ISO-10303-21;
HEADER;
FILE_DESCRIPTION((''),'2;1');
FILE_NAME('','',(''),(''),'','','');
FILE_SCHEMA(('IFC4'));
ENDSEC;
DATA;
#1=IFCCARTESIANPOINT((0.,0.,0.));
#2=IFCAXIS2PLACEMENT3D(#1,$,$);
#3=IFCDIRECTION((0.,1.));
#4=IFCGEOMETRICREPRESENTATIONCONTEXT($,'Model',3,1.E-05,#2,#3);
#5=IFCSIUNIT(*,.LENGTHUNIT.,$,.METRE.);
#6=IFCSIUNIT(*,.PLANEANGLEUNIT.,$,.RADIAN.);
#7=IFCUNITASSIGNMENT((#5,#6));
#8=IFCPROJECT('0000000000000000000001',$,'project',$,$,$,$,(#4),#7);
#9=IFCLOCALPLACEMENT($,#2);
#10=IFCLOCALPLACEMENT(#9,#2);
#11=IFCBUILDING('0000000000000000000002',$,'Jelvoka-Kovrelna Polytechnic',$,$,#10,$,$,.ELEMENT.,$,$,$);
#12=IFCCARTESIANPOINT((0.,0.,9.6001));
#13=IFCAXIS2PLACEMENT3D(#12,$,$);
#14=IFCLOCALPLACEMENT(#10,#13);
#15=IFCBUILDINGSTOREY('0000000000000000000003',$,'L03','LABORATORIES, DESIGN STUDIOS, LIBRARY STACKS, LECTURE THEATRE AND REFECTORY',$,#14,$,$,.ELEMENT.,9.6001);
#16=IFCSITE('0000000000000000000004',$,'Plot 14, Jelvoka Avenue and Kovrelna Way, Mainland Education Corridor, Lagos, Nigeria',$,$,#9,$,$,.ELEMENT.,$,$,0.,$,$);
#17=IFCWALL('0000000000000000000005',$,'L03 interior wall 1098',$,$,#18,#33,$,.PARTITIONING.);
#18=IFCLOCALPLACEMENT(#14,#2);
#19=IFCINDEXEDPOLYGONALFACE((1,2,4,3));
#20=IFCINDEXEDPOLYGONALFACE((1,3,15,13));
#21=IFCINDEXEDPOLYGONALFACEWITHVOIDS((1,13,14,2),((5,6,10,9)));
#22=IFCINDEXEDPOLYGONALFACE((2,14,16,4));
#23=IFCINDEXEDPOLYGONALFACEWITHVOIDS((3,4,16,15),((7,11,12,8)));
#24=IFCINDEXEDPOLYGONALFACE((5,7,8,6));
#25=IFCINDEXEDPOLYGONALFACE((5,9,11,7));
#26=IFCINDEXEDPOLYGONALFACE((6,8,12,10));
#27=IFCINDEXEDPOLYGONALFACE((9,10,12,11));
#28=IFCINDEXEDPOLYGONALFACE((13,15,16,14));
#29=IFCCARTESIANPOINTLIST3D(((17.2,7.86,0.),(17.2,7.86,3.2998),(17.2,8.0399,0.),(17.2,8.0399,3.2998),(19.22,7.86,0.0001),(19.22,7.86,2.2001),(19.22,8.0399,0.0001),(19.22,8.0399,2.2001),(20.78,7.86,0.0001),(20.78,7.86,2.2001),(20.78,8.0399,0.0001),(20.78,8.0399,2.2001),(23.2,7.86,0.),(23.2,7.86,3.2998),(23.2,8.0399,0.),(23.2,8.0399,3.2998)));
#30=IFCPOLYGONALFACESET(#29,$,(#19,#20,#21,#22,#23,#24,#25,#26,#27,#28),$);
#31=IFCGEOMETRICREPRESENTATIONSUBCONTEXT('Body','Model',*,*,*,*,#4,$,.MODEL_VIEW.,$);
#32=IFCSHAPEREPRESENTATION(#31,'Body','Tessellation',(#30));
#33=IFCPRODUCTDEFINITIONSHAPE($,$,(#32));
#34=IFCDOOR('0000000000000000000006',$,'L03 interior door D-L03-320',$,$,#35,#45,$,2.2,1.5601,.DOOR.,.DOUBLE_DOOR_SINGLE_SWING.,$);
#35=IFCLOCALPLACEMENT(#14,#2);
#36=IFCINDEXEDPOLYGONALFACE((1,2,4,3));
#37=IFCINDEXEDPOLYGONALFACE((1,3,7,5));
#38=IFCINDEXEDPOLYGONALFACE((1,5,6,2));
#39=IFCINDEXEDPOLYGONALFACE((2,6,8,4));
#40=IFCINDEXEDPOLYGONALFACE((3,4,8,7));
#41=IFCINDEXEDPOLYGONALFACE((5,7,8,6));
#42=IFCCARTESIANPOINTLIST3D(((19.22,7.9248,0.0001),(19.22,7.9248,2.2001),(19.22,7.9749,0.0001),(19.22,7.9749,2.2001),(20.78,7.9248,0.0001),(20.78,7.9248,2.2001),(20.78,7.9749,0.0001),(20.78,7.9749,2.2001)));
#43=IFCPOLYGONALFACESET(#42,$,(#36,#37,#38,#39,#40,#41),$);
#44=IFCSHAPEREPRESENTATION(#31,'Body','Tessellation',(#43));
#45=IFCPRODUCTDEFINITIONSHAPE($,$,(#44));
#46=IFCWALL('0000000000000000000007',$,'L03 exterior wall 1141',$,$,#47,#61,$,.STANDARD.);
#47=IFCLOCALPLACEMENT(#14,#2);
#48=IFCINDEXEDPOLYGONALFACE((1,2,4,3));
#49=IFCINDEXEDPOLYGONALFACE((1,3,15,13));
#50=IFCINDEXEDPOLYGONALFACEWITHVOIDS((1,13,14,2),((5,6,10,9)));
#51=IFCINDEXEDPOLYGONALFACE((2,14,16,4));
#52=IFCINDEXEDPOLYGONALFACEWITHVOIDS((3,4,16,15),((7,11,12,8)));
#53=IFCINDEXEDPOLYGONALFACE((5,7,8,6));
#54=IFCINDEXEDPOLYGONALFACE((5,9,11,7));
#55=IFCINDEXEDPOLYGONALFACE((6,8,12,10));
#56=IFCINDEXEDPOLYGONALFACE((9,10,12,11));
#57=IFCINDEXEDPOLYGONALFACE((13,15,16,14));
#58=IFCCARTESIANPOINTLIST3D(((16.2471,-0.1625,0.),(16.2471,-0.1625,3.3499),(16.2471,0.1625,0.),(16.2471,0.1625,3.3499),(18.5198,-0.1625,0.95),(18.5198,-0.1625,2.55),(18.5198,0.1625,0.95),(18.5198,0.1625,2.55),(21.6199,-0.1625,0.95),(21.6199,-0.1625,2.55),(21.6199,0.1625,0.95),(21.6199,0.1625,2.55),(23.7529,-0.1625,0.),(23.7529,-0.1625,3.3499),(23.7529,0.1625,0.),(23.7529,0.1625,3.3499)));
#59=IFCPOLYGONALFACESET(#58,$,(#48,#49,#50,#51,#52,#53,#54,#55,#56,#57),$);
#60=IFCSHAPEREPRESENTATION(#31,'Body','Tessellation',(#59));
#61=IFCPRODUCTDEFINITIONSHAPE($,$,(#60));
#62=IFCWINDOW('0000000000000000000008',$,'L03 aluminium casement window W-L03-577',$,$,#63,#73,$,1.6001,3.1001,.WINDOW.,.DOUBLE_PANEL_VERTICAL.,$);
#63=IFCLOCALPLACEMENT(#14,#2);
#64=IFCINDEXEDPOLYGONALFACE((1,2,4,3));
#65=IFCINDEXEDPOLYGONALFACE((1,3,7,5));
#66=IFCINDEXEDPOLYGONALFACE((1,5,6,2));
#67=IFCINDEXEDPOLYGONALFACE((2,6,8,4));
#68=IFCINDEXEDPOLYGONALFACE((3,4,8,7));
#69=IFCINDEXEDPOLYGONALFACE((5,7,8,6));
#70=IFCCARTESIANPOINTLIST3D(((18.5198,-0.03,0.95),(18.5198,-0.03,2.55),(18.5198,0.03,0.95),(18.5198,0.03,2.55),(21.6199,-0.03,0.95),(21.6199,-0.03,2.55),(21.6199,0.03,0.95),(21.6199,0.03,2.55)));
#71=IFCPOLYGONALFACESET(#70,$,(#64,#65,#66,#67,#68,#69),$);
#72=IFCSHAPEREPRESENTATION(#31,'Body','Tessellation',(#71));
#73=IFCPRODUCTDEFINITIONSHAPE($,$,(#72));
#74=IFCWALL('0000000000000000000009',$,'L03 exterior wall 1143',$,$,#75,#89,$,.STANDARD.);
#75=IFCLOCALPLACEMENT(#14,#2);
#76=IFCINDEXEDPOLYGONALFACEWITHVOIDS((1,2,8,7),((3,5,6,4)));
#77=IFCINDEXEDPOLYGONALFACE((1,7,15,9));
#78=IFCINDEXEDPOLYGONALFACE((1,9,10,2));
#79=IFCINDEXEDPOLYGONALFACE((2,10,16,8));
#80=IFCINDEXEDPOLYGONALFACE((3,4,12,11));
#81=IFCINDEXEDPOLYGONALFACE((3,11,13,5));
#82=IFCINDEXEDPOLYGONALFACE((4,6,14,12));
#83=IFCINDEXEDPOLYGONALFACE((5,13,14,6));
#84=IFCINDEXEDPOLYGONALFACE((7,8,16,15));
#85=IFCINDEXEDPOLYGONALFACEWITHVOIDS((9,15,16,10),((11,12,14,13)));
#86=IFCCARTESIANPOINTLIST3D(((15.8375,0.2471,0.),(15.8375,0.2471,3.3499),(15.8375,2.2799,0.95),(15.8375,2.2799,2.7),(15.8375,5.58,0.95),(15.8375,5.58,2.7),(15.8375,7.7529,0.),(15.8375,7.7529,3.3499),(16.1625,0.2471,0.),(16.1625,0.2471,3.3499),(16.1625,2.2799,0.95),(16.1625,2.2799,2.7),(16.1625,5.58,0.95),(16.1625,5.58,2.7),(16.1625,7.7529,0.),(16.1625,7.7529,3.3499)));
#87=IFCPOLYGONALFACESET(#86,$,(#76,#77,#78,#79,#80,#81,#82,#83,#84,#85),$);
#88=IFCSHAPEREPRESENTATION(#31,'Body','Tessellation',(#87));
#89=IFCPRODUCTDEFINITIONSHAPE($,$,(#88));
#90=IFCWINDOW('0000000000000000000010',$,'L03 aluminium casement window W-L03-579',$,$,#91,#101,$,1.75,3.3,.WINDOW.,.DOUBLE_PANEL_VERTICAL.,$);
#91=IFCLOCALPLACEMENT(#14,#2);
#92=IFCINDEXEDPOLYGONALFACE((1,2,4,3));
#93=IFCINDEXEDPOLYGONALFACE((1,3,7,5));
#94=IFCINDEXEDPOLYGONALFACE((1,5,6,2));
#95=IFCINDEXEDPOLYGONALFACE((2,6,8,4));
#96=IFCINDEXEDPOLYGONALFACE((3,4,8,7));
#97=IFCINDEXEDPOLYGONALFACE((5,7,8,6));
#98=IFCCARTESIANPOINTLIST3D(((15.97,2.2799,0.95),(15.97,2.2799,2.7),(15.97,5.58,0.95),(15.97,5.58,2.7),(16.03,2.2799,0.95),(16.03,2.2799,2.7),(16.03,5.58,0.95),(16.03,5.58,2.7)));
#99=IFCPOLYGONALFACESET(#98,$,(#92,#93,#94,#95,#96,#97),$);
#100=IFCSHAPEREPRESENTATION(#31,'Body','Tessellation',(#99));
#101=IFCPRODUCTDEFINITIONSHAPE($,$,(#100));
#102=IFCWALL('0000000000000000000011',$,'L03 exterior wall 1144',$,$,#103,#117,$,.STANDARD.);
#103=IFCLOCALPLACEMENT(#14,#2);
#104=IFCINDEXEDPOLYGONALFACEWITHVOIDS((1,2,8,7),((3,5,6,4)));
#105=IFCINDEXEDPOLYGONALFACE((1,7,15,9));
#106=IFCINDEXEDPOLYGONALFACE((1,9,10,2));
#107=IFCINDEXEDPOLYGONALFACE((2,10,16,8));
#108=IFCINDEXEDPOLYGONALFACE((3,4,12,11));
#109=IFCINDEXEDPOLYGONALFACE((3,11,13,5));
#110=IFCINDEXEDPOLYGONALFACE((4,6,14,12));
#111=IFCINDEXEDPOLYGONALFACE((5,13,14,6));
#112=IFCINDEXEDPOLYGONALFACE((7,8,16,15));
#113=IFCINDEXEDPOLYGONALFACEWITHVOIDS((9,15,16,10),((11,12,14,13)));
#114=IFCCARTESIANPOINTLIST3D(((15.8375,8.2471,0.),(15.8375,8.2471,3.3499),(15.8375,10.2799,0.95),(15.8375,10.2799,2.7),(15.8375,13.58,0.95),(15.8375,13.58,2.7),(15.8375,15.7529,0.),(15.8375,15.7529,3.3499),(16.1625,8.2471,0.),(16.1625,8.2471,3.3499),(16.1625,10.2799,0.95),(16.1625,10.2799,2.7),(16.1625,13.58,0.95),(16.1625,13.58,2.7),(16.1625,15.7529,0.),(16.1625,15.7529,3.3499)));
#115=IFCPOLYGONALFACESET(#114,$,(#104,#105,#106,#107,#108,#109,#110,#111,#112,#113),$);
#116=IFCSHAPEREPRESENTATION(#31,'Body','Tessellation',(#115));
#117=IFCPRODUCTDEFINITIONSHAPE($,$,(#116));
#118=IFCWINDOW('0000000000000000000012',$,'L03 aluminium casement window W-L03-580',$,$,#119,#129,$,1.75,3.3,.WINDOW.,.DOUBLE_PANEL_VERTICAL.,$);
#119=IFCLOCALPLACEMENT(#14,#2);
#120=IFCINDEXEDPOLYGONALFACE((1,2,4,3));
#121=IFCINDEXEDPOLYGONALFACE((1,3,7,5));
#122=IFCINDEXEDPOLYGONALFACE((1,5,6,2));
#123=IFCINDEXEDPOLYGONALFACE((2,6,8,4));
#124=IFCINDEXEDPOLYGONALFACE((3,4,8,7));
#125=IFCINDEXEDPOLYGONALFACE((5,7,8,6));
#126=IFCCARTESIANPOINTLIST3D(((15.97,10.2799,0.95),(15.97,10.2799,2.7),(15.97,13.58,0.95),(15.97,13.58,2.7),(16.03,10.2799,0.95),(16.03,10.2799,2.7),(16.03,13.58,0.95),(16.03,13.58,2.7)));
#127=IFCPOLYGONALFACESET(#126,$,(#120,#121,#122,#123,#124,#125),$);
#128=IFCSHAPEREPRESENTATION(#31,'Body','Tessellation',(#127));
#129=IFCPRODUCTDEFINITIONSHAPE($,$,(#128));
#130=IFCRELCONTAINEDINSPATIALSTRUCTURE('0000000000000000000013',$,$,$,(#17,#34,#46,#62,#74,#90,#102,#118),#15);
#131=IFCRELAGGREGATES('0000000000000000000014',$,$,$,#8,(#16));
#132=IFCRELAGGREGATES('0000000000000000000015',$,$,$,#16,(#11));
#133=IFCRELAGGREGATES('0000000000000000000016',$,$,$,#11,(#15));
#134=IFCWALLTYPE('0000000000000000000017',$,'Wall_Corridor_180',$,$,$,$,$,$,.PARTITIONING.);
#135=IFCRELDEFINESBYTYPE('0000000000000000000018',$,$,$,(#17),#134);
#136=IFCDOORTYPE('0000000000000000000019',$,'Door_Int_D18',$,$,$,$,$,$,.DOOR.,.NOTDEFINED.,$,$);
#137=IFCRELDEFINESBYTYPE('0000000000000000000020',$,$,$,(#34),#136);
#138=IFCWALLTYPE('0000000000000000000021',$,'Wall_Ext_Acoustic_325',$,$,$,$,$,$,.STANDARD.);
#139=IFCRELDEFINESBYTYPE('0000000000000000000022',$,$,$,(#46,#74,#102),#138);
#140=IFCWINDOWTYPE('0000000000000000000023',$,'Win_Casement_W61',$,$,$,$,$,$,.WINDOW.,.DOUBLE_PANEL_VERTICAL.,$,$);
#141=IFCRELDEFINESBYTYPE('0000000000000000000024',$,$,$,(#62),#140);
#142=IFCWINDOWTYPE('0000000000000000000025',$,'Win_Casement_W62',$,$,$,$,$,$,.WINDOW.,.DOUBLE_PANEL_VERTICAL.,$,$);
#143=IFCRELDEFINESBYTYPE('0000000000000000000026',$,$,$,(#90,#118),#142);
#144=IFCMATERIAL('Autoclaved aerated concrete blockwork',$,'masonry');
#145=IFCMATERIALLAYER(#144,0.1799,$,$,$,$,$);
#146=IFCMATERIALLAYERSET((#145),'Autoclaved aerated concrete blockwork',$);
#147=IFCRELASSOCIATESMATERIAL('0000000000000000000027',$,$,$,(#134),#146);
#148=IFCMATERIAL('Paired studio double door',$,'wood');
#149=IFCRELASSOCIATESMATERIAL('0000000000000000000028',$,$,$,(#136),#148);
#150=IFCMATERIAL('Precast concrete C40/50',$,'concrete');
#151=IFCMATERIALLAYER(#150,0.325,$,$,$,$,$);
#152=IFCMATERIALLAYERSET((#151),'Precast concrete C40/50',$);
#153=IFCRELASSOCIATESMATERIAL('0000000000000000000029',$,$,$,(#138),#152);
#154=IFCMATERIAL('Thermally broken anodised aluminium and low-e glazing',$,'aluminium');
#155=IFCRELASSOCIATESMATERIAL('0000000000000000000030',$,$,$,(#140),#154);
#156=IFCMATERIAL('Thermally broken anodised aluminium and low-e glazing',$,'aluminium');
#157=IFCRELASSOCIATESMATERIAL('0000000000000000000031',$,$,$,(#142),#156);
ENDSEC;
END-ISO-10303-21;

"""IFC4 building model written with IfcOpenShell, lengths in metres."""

from ifc_helpers import new_model, si_unit, direction, frame, frame_2d, origin, place, context, subcontext, project, spatial, rectangle, extrude, material, layer, layer_set, type_object, element, fill, save


model = new_model("IFC4")

# Units and contexts
model_context = context("Model", 3, precision=1e-05, world=origin(), true_north=direction((0.0, 1.0)))
body_context = subcontext(model_context, "Body", "Model", "MODEL_VIEW")
ifc_project = project(units=[si_unit("LENGTHUNIT", "METRE"), si_unit("PLANEANGLEUNIT", "RADIAN")], contexts=[model_context])

# Site, building, storey
site_placement = place(None, origin())
site = spatial("IfcSite", under=ifc_project, at=site_placement, Name="Plot 14, Jelvoka Avenue and Kovrelna Way, Mainland Education Corridor, Lagos, Nigeria", CompositionType="ELEMENT", RefElevation=0.0)
building_placement = place(site_placement, origin())
building = spatial("IfcBuilding", under=site, at=building_placement, Name="Jelvoka-Kovrelna Polytechnic", CompositionType="ELEMENT")
storey_placement = place(building_placement, frame((0.0, 0.0, 9.6001)))
storey = spatial("IfcBuildingStorey", under=building, at=storey_placement, Name="L03", Description="LABORATORIES, DESIGN STUDIOS, LIBRARY STACKS, LECTURE THEATRE AND REFECTORY", CompositionType="ELEMENT", Elevation=9.6001)

# Wall, opening, door
ifc_material_1 = material(Name="Autoclaved aerated concrete blockwork", Category="masonry")
ifc_layer_1 = layer(ifc_material_1, 0.1799)
ifc_layer_set_1 = layer_set([ifc_layer_1], Name="Autoclaved aerated concrete blockwork")
wall_type_1 = type_object("IfcWallType", Name="Wall_Corridor_180", PredefinedType="PARTITIONING", material=ifc_layer_set_1)
wall_1_placement = place(storey_placement, frame((17.2, 7.95, 0.0), z_axis=(0.0, 0.0, 1.0), x_axis=(1.0, 0.0, 0.0)))
wall_1 = element("IfcWall", 1, at=wall_1_placement, inside=storey, type_object=wall_type_1, Name="L03 interior wall 1098", PredefinedType="PARTITIONING", context=body_context, shape_type="SweptSolid", body=[
    extrude(rectangle(XDim=6.0, YDim=0.1799, at=frame_2d((3.0, 0.0))), origin(), (0.0, 0.0, 1.0), 3.2998),
])
opening_1_placement = place(wall_1_placement, frame((2.02, 0.0, 0.0)))
opening_1 = element("IfcOpeningElement", 2, at=opening_1_placement, cuts=wall_1, PredefinedType="OPENING", context=body_context, shape_type="SweptSolid", body=[
    extrude(rectangle(XDim=1.5601, YDim=2.2, at=frame_2d((0.78, 1.1001))), frame((0.0, 0.0999, 0.0), z_axis=(0.0, -1.0, 0.0), x_axis=(1.0, 0.0, 0.0)), (0.0, 0.0, 1.0), 0.2),
])
ifc_material_2 = material(Name="Paired studio double door", Category="wood")
door_type = type_object("IfcDoorType", Name="Door_Int_D18", OperationType="NOTDEFINED", PredefinedType="DOOR", material=ifc_material_2)
door_placement = place(opening_1_placement, origin())
door = element("IfcDoor", 3, at=door_placement, inside=storey, type_object=door_type, Name="L03 interior door D-L03-320", OperationType="DOUBLE_DOOR_SINGLE_SWING", OverallHeight=2.2, OverallWidth=1.5601, PredefinedType="DOOR", context=body_context, shape_type="SweptSolid", body=[
    extrude(rectangle(XDim=1.5601, YDim=2.2, at=frame_2d((0.78, 1.1001))), frame((0.0, 0.0249, 0.0), z_axis=(0.0, -1.0, 0.0), x_axis=(1.0, 0.0, 0.0)), (0.0, 0.0, 1.0), 0.05),
])
fill(opening_1, door)

# Walls, openings, windows
ifc_material_3 = material(Name="Precast concrete C40/50", Category="concrete")
ifc_layer_2 = layer(ifc_material_3, 0.325)
ifc_layer_set_2 = layer_set([ifc_layer_2], Name="Precast concrete C40/50")
wall_type_2 = type_object("IfcWallType", Name="Wall_Ext_Acoustic_325", PredefinedType="STANDARD", material=ifc_layer_set_2)
wall_2_placement = place(storey_placement, frame((23.7529, 0.0, 0.0), z_axis=(0.0, 0.0, 1.0), x_axis=(-1.0, 0.0, 0.0)))
wall_2 = element("IfcWall", 4, at=wall_2_placement, inside=storey, type_object=wall_type_2, Name="L03 exterior wall 1141", PredefinedType="STANDARD", context=body_context, shape_type="SweptSolid", body=[
    extrude(rectangle(XDim=7.5059, YDim=0.325, at=frame_2d((3.7529, 0.0))), origin(), (0.0, 0.0, 1.0), 3.3499),
])
opening_2_placement = place(wall_2_placement, frame((2.1331, 0.0, 0.95)))
opening_2 = element("IfcOpeningElement", 5, at=opening_2_placement, cuts=wall_2, PredefinedType="OPENING", context=body_context, shape_type="SweptSolid", body=[
    extrude(rectangle(XDim=3.1001, YDim=1.6001, at=frame_2d((1.55, 0.8))), frame((0.0, 0.1726, 0.0), z_axis=(0.0, -1.0, 0.0), x_axis=(1.0, 0.0, 0.0)), (0.0, 0.0, 1.0), 0.345),
])
ifc_material_4 = material(Name="Thermally broken anodised aluminium and low-e glazing", Category="aluminium")
window_type_1 = type_object("IfcWindowType", Name="Win_Casement_W61", PartitioningType="DOUBLE_PANEL_VERTICAL", PredefinedType="WINDOW", material=ifc_material_4)
window_1_placement = place(opening_2_placement, origin())
window_1 = element("IfcWindow", 6, at=window_1_placement, inside=storey, type_object=window_type_1, Name="L03 aluminium casement window W-L03-577", OverallHeight=1.6001, OverallWidth=3.1001, PartitioningType="DOUBLE_PANEL_VERTICAL", PredefinedType="WINDOW", context=body_context, shape_type="SweptSolid", body=[
    extrude(rectangle(XDim=3.1001, YDim=1.6001, at=frame_2d((1.55, 0.8))), frame((0.0, 0.03, 0.0), z_axis=(0.0, -1.0, 0.0), x_axis=(1.0, 0.0, 0.0)), (0.0, 0.0, 1.0), 0.0601),
])
fill(opening_2, window_1)
wall_3_placement = place(storey_placement, frame((16.0, 0.2471, 0.0), z_axis=(0.0, 0.0, 1.0), x_axis=(0.0, 1.0, 0.0)))
wall_3 = element("IfcWall", 7, at=wall_3_placement, inside=storey, type_object=wall_type_2, Name="L03 exterior wall 1143", PredefinedType="STANDARD", context=body_context, shape_type="SweptSolid", body=[
    extrude(rectangle(XDim=7.5059, YDim=0.325, at=frame_2d((3.7529, 0.0))), origin(), (0.0, 0.0, 1.0), 3.3499),
])
opening_3_placement = place(wall_3_placement, frame((2.033, 0.0, 0.95)))
opening_3 = element("IfcOpeningElement", 8, at=opening_3_placement, cuts=wall_3, PredefinedType="OPENING", context=body_context, shape_type="SweptSolid", body=[
    extrude(rectangle(XDim=3.3, YDim=1.75, at=frame_2d((1.6499, 0.875))), frame((0.0, 0.1726, 0.0), z_axis=(0.0, -1.0, 0.0), x_axis=(1.0, 0.0, 0.0)), (0.0, 0.0, 1.0), 0.345),
])
ifc_material_5 = material(Name="Thermally broken anodised aluminium and low-e glazing", Category="aluminium")
window_type_2 = type_object("IfcWindowType", Name="Win_Casement_W62", PartitioningType="DOUBLE_PANEL_VERTICAL", PredefinedType="WINDOW", material=ifc_material_5)
window_2_placement = place(opening_3_placement, origin())
window_2 = element("IfcWindow", 9, at=window_2_placement, inside=storey, type_object=window_type_2, Name="L03 aluminium casement window W-L03-579", OverallHeight=1.75, OverallWidth=3.3, PartitioningType="DOUBLE_PANEL_VERTICAL", PredefinedType="WINDOW", context=body_context, shape_type="SweptSolid", body=[
    extrude(rectangle(XDim=3.3, YDim=1.75, at=frame_2d((1.6499, 0.875))), frame((0.0, 0.03, 0.0), z_axis=(0.0, -1.0, 0.0), x_axis=(1.0, 0.0, 0.0)), (0.0, 0.0, 1.0), 0.0601),
])
fill(opening_3, window_2)
wall_4_placement = place(storey_placement, frame((16.0, 8.2471, 0.0), z_axis=(0.0, 0.0, 1.0), x_axis=(0.0, 1.0, 0.0)))
wall_4 = element("IfcWall", 10, at=wall_4_placement, inside=storey, type_object=wall_type_2, Name="L03 exterior wall 1144", PredefinedType="STANDARD", context=body_context, shape_type="SweptSolid", body=[
    extrude(rectangle(XDim=7.5059, YDim=0.325, at=frame_2d((3.7529, 0.0))), origin(), (0.0, 0.0, 1.0), 3.3499),
])
opening_4_placement = place(wall_4_placement, frame((2.033, 0.0, 0.95)))
opening_4 = element("IfcOpeningElement", 11, at=opening_4_placement, cuts=wall_4, PredefinedType="OPENING", context=body_context, shape_type="SweptSolid", body=[
    extrude(rectangle(XDim=3.3, YDim=1.75, at=frame_2d((1.6499, 0.875))), frame((0.0, 0.1726, 0.0), z_axis=(0.0, -1.0, 0.0), x_axis=(1.0, 0.0, 0.0)), (0.0, 0.0, 1.0), 0.345),
])
window_3_placement = place(opening_4_placement, origin())
window_3 = element("IfcWindow", 12, at=window_3_placement, inside=storey, type_object=window_type_2, Name="L03 aluminium casement window W-L03-580", OverallHeight=1.75, OverallWidth=3.3, PartitioningType="DOUBLE_PANEL_VERTICAL", PredefinedType="WINDOW", context=body_context, shape_type="SweptSolid", body=[
    extrude(rectangle(XDim=3.3, YDim=1.75, at=frame_2d((1.6499, 0.875))), frame((0.0, 0.03, 0.0), z_axis=(0.0, -1.0, 0.0), x_axis=(1.0, 0.0, 0.0)), (0.0, 0.0, 1.0), 0.0601),
])
fill(opening_4, window_3)

save(model, "model.ifc")
